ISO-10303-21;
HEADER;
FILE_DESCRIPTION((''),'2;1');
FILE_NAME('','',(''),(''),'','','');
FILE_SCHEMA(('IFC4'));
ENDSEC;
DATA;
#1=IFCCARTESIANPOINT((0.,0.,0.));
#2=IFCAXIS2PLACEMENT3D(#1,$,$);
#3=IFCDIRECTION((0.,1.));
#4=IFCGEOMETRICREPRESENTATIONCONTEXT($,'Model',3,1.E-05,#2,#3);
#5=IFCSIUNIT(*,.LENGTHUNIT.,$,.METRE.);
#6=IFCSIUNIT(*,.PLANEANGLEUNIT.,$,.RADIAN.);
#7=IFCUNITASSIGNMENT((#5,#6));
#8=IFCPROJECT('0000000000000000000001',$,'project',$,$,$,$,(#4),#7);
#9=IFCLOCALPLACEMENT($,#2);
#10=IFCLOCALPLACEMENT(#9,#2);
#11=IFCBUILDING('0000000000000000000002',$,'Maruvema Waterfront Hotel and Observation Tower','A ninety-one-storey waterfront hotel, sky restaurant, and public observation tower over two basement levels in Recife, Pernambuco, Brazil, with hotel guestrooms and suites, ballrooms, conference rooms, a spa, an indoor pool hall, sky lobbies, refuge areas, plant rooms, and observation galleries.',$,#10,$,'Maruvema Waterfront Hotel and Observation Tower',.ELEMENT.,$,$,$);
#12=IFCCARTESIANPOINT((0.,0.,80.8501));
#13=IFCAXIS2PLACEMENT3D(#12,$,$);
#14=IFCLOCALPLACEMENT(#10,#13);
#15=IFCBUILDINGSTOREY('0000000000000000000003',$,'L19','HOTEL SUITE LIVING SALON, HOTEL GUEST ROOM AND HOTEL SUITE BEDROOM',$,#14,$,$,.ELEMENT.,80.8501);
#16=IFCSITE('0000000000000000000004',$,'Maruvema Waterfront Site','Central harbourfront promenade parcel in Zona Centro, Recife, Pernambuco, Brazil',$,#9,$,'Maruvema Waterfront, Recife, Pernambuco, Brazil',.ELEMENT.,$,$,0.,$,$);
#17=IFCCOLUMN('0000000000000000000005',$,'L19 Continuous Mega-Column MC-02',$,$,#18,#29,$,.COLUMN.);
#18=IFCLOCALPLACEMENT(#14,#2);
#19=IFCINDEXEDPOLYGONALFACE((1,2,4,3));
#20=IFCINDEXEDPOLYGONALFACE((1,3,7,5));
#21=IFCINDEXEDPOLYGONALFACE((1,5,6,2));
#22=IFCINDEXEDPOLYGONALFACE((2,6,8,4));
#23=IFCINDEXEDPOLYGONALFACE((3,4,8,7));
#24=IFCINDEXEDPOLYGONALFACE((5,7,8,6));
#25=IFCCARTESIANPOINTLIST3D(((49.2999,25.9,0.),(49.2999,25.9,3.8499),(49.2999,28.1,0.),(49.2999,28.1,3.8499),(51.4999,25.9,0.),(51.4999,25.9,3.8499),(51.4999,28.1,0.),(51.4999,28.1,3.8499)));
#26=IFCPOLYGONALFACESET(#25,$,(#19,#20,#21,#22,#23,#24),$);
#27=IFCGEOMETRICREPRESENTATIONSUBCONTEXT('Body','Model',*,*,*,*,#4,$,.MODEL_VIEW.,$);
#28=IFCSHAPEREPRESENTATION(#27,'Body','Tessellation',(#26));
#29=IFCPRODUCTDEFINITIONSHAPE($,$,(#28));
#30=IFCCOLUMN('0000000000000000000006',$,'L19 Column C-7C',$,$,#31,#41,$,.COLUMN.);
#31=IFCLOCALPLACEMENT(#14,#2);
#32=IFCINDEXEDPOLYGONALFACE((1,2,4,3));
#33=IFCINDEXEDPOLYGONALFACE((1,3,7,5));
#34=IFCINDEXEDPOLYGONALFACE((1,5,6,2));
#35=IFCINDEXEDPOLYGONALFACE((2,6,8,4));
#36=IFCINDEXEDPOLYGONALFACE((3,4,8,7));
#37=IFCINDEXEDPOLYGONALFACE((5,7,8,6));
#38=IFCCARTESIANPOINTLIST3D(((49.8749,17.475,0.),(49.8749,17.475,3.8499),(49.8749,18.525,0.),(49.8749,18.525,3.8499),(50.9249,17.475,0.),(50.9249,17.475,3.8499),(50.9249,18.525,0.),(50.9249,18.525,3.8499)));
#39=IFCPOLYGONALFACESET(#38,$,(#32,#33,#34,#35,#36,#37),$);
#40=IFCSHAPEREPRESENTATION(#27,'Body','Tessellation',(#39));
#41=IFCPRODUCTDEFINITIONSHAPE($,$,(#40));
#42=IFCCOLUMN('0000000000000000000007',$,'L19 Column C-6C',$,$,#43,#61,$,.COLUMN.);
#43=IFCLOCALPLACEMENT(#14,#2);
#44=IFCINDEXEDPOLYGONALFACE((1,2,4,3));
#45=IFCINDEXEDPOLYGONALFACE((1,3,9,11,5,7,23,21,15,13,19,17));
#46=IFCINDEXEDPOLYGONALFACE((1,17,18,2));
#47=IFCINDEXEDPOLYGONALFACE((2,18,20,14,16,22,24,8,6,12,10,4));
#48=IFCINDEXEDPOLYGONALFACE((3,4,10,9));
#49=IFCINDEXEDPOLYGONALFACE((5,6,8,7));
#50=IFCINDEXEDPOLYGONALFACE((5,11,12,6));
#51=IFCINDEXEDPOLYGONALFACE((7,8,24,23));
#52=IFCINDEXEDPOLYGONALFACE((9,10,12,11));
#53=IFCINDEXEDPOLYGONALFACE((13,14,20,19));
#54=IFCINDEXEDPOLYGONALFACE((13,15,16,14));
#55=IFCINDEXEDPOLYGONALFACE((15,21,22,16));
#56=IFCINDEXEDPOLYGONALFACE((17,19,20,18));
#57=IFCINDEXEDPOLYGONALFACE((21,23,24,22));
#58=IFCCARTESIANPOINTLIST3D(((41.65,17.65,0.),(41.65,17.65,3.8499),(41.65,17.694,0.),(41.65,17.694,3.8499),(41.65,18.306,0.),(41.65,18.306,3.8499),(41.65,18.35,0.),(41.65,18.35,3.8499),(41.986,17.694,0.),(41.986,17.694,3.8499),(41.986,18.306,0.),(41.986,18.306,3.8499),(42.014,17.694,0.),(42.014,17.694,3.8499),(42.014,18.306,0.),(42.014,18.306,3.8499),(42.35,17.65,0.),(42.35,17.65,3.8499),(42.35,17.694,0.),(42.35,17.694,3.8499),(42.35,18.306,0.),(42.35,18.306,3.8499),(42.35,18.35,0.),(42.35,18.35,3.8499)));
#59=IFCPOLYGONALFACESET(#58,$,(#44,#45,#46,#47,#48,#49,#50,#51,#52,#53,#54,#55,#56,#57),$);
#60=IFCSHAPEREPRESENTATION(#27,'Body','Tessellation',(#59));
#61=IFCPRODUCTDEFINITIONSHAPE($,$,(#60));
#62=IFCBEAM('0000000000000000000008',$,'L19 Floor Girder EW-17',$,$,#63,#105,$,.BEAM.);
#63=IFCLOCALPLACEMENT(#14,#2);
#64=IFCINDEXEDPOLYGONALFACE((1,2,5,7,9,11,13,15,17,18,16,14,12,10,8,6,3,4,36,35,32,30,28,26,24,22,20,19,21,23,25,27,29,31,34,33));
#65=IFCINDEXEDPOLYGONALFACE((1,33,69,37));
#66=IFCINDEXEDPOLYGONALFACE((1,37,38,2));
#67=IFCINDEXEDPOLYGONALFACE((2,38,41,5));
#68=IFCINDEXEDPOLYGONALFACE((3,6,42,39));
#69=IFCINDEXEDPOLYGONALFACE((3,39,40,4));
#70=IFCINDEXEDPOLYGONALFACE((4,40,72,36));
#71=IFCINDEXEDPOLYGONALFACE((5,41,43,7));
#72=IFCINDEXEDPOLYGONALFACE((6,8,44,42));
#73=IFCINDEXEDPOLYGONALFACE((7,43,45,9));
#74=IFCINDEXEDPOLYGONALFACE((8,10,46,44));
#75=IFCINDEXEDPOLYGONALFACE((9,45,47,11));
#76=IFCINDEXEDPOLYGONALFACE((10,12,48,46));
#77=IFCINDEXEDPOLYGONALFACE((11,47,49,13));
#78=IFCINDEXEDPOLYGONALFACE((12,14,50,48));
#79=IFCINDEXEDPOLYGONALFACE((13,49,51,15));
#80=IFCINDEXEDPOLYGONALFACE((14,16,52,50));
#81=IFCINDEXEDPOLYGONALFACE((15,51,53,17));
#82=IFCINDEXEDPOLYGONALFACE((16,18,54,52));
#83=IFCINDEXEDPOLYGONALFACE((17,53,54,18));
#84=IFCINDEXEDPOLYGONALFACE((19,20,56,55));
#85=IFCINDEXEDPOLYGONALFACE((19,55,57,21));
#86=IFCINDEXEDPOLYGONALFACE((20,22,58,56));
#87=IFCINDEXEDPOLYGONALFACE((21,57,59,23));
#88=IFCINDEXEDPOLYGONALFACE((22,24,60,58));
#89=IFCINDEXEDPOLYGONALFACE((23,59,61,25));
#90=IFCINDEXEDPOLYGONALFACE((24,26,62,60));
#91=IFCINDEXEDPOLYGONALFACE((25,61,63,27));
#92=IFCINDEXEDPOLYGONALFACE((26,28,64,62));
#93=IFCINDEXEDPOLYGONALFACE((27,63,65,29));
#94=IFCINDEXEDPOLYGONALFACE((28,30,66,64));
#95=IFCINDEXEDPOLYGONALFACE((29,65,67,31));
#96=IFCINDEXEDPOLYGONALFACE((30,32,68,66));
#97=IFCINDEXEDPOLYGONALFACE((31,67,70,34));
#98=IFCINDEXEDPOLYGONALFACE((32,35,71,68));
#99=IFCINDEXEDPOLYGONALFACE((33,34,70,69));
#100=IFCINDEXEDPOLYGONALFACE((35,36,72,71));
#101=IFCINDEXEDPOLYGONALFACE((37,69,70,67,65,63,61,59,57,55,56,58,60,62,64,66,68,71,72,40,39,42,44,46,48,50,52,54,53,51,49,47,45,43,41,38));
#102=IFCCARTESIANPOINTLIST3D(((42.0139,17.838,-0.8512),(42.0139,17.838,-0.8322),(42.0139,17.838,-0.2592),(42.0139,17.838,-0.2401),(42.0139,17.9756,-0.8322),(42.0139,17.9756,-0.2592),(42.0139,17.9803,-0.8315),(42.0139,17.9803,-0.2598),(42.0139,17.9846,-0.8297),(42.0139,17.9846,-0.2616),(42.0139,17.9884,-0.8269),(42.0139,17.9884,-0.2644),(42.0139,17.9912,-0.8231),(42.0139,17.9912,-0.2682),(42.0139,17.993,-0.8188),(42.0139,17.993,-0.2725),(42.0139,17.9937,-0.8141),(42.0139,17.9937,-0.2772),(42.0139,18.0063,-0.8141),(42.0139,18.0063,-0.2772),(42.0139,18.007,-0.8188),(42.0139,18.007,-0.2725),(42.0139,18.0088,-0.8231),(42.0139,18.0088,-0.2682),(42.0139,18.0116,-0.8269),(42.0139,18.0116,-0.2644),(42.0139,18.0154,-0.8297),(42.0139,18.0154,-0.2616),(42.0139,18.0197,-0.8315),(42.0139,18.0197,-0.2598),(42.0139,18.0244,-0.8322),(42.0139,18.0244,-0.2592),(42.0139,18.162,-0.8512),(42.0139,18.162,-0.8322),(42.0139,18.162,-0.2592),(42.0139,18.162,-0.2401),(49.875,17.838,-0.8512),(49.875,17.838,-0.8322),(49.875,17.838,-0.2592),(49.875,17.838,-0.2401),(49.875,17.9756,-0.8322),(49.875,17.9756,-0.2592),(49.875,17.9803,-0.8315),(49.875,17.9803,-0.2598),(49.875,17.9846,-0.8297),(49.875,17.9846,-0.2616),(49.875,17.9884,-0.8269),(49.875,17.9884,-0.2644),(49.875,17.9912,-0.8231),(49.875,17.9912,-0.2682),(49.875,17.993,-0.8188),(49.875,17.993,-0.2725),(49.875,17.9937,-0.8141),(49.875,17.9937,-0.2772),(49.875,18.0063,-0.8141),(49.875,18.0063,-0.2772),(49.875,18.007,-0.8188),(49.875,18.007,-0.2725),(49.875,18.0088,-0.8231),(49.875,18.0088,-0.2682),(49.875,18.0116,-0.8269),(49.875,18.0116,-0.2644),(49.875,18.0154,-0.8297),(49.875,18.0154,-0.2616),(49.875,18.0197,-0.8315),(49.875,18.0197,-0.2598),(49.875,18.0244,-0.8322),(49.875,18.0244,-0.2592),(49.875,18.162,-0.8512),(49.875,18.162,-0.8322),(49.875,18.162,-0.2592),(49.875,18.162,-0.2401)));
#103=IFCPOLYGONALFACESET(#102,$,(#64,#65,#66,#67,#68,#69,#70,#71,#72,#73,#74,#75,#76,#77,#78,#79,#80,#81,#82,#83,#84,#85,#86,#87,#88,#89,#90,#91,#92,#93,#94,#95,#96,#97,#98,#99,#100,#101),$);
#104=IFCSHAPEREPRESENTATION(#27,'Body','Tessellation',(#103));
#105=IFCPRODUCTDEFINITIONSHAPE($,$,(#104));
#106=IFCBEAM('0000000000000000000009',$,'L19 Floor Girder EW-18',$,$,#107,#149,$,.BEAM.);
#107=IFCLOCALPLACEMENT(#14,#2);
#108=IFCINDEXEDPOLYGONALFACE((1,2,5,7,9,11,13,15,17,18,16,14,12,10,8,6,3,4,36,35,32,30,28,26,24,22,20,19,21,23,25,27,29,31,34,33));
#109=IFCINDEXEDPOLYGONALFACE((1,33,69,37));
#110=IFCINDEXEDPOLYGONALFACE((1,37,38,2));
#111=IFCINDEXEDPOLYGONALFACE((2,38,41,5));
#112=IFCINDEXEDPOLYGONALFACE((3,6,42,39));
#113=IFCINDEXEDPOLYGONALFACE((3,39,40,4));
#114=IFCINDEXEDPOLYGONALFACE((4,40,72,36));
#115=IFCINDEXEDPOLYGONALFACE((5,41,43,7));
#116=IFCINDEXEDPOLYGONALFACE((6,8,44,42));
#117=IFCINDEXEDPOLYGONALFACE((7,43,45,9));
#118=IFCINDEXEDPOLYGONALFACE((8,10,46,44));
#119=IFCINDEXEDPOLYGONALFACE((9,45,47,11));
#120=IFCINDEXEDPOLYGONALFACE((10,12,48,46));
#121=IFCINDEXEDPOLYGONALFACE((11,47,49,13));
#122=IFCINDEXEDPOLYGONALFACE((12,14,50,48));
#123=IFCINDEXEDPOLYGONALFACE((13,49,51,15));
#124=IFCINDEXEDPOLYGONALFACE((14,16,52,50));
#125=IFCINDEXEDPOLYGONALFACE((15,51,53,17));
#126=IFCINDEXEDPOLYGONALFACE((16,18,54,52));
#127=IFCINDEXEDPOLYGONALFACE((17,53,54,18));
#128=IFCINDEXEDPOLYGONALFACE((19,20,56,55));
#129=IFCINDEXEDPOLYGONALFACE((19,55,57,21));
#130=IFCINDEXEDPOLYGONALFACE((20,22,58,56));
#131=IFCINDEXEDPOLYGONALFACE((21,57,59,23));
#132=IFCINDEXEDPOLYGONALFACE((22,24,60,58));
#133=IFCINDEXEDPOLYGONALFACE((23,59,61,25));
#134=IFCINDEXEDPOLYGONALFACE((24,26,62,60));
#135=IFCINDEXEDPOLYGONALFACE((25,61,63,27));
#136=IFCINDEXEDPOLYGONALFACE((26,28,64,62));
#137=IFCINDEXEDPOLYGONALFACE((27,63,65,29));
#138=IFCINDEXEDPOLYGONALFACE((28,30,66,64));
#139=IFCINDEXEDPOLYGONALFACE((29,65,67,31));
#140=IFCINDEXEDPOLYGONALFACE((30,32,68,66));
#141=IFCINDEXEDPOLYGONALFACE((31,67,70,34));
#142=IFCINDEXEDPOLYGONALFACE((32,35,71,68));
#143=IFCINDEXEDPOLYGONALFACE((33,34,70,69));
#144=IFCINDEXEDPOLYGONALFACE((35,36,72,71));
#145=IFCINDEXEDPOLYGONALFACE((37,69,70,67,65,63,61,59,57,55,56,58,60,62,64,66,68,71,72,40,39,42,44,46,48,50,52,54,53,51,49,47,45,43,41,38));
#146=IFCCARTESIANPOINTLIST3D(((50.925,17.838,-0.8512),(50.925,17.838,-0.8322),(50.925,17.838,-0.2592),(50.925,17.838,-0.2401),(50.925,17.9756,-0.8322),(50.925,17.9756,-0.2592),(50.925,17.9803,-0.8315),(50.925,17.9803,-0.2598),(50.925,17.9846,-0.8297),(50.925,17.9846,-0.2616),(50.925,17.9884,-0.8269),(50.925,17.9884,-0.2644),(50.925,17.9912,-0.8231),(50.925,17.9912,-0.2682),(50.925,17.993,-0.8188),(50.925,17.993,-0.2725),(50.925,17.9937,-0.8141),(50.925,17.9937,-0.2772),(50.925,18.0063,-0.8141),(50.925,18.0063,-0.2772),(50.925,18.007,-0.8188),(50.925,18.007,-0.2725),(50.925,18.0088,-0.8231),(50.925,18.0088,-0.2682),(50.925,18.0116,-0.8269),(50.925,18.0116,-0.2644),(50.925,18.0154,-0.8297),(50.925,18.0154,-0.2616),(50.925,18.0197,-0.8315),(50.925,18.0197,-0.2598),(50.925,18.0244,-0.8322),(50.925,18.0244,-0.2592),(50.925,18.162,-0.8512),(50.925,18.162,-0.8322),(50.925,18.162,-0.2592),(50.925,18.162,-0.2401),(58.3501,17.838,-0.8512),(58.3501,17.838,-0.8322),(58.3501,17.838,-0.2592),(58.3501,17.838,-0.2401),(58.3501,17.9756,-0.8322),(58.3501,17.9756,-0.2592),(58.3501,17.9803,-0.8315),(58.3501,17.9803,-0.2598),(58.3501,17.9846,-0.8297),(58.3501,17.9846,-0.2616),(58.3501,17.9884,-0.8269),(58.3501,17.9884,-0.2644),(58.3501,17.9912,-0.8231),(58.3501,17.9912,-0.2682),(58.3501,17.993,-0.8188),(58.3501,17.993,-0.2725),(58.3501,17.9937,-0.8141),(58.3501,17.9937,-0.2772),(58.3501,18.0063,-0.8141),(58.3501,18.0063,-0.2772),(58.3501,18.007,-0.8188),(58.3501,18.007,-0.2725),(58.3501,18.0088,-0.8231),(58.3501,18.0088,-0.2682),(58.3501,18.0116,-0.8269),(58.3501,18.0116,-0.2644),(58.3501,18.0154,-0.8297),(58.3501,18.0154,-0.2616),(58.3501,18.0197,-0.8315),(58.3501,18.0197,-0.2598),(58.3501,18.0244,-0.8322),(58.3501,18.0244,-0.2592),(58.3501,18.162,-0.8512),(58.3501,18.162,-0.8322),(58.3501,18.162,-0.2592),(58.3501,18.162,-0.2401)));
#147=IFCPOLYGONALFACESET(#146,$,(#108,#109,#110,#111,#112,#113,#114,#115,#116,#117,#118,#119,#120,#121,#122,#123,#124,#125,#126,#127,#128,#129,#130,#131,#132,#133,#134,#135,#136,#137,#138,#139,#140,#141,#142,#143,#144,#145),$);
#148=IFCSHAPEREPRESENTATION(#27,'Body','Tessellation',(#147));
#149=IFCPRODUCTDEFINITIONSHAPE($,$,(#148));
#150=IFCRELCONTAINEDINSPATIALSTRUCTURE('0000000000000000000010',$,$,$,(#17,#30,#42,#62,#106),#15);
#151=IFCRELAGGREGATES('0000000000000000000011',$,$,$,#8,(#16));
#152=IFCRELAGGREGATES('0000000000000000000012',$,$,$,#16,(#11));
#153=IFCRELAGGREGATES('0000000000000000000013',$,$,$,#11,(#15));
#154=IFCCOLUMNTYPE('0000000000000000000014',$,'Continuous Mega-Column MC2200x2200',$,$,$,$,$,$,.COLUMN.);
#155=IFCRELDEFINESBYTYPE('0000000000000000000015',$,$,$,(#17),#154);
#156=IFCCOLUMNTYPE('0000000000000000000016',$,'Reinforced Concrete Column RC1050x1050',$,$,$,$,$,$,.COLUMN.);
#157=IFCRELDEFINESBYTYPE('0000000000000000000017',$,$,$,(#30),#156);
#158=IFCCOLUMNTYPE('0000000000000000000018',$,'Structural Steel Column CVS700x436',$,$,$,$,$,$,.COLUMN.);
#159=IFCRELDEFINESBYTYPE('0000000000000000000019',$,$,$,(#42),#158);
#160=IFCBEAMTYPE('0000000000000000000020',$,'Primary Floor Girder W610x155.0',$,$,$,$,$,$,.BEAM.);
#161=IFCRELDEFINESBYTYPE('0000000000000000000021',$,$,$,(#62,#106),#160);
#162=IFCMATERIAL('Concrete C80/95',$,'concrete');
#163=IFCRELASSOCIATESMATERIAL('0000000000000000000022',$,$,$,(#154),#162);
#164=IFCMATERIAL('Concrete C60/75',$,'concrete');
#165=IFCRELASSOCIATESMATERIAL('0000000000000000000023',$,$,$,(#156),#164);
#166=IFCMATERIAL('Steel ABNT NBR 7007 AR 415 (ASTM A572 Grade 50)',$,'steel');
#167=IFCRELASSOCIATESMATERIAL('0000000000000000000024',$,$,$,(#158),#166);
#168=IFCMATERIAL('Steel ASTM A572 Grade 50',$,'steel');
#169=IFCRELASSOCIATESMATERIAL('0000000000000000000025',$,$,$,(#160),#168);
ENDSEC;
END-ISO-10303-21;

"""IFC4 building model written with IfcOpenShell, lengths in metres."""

from ifc_helpers import new_model, si_unit, direction, frame, origin, origin_2d, place, context, subcontext, project, spatial, rectangle, i_section, extrude, material, material_profile, profile_set, type_object, element, save


model = new_model("IFC4")

# Units and contexts
model_context = context("Model", 3, precision=1e-05, world=origin(), true_north=direction((0.0, 1.0)))
body_context = subcontext(model_context, "Body", "Model", "MODEL_VIEW")
ifc_project = project(units=[si_unit("LENGTHUNIT", "METRE"), si_unit("PLANEANGLEUNIT", "RADIAN")], contexts=[model_context])

# Site, building, storey
site_placement = place(None, origin())
site = spatial("IfcSite", under=ifc_project, at=site_placement, Name="Maruvema Waterfront Site", Description="Central harbourfront promenade parcel in Zona Centro, Recife, Pernambuco, Brazil", LongName="Maruvema Waterfront, Recife, Pernambuco, Brazil", CompositionType="ELEMENT", RefElevation=0.0)
building_placement = place(site_placement, origin())
building = spatial("IfcBuilding", under=site, at=building_placement, Name="Maruvema Waterfront Hotel and Observation Tower", Description="A ninety-one-storey waterfront hotel, sky restaurant, and public observation tower over two basement levels in Recife, Pernambuco, Brazil, with hotel guestrooms and suites, ballrooms, conference rooms, a spa, an indoor pool hall, sky lobbies, refuge areas, plant rooms, and observation galleries.", LongName="Maruvema Waterfront Hotel and Observation Tower", CompositionType="ELEMENT")
storey_placement = place(building_placement, frame((0.0, 0.0, 80.8501)))
storey = spatial("IfcBuildingStorey", under=building, at=storey_placement, Name="L19", Description="HOTEL SUITE LIVING SALON, HOTEL GUEST ROOM AND HOTEL SUITE BEDROOM", CompositionType="ELEMENT", Elevation=80.8501)

# Columns
ifc_material_1 = material(Name="Concrete C80/95", Category="concrete")
ifc_material_profile_1 = material_profile(ifc_material_1, rectangle(XDim=2.2, YDim=2.2, at=origin_2d()), Name="MC2200x2200")
ifc_profile_set_1 = profile_set([ifc_material_profile_1], Name="Concrete C80/95")
column_type_1 = type_object("IfcColumnType", Name="Continuous Mega-Column MC2200x2200", PredefinedType="COLUMN", material=ifc_profile_set_1)
column_1_placement = place(storey_placement, frame((50.3999, 27.0, 0.0), z_axis=(0.0, 0.0, 1.0), x_axis=(1.0, 0.0, 0.0)))
element("IfcColumn", 1, at=column_1_placement, inside=storey, type_object=column_type_1, Name="L19 Continuous Mega-Column MC-02", PredefinedType="COLUMN", context=body_context, shape_type="SweptSolid", body=[
    extrude(rectangle(XDim=2.2, YDim=2.2, at=origin_2d()), origin(), (0.0, 0.0, 1.0), 3.8499),
])
ifc_material_2 = material(Name="Concrete C60/75", Category="concrete")
ifc_material_profile_2 = material_profile(ifc_material_2, rectangle(XDim=1.05, YDim=1.05, at=origin_2d()), Name="RC1050x1050")
ifc_profile_set_2 = profile_set([ifc_material_profile_2], Name="Concrete C60/75")
column_type_2 = type_object("IfcColumnType", Name="Reinforced Concrete Column RC1050x1050", PredefinedType="COLUMN", material=ifc_profile_set_2)
column_2_placement = place(storey_placement, frame((50.3999, 18.0, 0.0), z_axis=(0.0, 0.0, 1.0), x_axis=(1.0, 0.0, 0.0)))
element("IfcColumn", 2, at=column_2_placement, inside=storey, type_object=column_type_2, Name="L19 Column C-7C", PredefinedType="COLUMN", context=body_context, shape_type="SweptSolid", body=[
    extrude(rectangle(XDim=1.05, YDim=1.05, at=origin_2d()), origin(), (0.0, 0.0, 1.0), 3.8499),
])
ifc_material_3 = material(Name="Steel ABNT NBR 7007 AR 415 (ASTM A572 Grade 50)", Category="steel")
ifc_material_profile_3 = material_profile(ifc_material_3, i_section(OverallWidth=0.7, OverallDepth=0.7, WebThickness=0.0281, FlangeThickness=0.0439, at=origin_2d()), Name="CVS700x436")
ifc_profile_set_3 = profile_set([ifc_material_profile_3], Name="Steel ABNT NBR 7007 AR 415 (ASTM A572 Grade 50)")
column_type_3 = type_object("IfcColumnType", Name="Structural Steel Column CVS700x436", PredefinedType="COLUMN", material=ifc_profile_set_3)
column_3_placement = place(storey_placement, frame((42.0, 18.0, 0.0), z_axis=(0.0, 0.0, 1.0), x_axis=(1.0, 0.0, 0.0)))
element("IfcColumn", 3, at=column_3_placement, inside=storey, type_object=column_type_3, Name="L19 Column C-6C", PredefinedType="COLUMN", context=body_context, shape_type="SweptSolid", body=[
    extrude(i_section(OverallWidth=0.7, OverallDepth=0.7, WebThickness=0.0281, FlangeThickness=0.0439, at=origin_2d()), origin(), (0.0, 0.0, 1.0), 3.8499),
])

# Beams
ifc_material_4 = material(Name="Steel ASTM A572 Grade 50", Category="steel")
ifc_material_profile_4 = material_profile(ifc_material_4, i_section(OverallWidth=0.324, OverallDepth=0.6111, WebThickness=0.0127, FlangeThickness=0.019, FilletRadius=0.0181, at=origin_2d()), Name="W610x155.0")
ifc_profile_set_4 = profile_set([ifc_material_profile_4], Name="Steel ASTM A572 Grade 50")
beam_type = type_object("IfcBeamType", Name="Primary Floor Girder W610x155.0", PredefinedType="BEAM", material=ifc_profile_set_4)
beam_1_placement = place(storey_placement, frame((42.0139, 18.0, -0.5457), z_axis=(1.0, 0.0, 0.0), x_axis=(0.0, 1.0, 0.0)))
element("IfcBeam", 4, at=beam_1_placement, inside=storey, type_object=beam_type, Name="L19 Floor Girder EW-17", PredefinedType="BEAM", context=body_context, shape_type="SweptSolid", body=[
    extrude(i_section(OverallWidth=0.324, OverallDepth=0.6111, WebThickness=0.0127, FlangeThickness=0.019, FilletRadius=0.0181, at=origin_2d()), origin(), (0.0, 0.0, 1.0), 7.8611),
])
beam_2_placement = place(storey_placement, frame((50.925, 18.0, -0.5457), z_axis=(1.0, 0.0, 0.0), x_axis=(0.0, 1.0, 0.0)))
element("IfcBeam", 5, at=beam_2_placement, inside=storey, type_object=beam_type, Name="L19 Floor Girder EW-18", PredefinedType="BEAM", context=body_context, shape_type="SweptSolid", body=[
    extrude(i_section(OverallWidth=0.324, OverallDepth=0.6111, WebThickness=0.0127, FlangeThickness=0.019, FilletRadius=0.0181, at=origin_2d()), origin(), (0.0, 0.0, 1.0), 7.425),
])

save(model, "model.ifc")
